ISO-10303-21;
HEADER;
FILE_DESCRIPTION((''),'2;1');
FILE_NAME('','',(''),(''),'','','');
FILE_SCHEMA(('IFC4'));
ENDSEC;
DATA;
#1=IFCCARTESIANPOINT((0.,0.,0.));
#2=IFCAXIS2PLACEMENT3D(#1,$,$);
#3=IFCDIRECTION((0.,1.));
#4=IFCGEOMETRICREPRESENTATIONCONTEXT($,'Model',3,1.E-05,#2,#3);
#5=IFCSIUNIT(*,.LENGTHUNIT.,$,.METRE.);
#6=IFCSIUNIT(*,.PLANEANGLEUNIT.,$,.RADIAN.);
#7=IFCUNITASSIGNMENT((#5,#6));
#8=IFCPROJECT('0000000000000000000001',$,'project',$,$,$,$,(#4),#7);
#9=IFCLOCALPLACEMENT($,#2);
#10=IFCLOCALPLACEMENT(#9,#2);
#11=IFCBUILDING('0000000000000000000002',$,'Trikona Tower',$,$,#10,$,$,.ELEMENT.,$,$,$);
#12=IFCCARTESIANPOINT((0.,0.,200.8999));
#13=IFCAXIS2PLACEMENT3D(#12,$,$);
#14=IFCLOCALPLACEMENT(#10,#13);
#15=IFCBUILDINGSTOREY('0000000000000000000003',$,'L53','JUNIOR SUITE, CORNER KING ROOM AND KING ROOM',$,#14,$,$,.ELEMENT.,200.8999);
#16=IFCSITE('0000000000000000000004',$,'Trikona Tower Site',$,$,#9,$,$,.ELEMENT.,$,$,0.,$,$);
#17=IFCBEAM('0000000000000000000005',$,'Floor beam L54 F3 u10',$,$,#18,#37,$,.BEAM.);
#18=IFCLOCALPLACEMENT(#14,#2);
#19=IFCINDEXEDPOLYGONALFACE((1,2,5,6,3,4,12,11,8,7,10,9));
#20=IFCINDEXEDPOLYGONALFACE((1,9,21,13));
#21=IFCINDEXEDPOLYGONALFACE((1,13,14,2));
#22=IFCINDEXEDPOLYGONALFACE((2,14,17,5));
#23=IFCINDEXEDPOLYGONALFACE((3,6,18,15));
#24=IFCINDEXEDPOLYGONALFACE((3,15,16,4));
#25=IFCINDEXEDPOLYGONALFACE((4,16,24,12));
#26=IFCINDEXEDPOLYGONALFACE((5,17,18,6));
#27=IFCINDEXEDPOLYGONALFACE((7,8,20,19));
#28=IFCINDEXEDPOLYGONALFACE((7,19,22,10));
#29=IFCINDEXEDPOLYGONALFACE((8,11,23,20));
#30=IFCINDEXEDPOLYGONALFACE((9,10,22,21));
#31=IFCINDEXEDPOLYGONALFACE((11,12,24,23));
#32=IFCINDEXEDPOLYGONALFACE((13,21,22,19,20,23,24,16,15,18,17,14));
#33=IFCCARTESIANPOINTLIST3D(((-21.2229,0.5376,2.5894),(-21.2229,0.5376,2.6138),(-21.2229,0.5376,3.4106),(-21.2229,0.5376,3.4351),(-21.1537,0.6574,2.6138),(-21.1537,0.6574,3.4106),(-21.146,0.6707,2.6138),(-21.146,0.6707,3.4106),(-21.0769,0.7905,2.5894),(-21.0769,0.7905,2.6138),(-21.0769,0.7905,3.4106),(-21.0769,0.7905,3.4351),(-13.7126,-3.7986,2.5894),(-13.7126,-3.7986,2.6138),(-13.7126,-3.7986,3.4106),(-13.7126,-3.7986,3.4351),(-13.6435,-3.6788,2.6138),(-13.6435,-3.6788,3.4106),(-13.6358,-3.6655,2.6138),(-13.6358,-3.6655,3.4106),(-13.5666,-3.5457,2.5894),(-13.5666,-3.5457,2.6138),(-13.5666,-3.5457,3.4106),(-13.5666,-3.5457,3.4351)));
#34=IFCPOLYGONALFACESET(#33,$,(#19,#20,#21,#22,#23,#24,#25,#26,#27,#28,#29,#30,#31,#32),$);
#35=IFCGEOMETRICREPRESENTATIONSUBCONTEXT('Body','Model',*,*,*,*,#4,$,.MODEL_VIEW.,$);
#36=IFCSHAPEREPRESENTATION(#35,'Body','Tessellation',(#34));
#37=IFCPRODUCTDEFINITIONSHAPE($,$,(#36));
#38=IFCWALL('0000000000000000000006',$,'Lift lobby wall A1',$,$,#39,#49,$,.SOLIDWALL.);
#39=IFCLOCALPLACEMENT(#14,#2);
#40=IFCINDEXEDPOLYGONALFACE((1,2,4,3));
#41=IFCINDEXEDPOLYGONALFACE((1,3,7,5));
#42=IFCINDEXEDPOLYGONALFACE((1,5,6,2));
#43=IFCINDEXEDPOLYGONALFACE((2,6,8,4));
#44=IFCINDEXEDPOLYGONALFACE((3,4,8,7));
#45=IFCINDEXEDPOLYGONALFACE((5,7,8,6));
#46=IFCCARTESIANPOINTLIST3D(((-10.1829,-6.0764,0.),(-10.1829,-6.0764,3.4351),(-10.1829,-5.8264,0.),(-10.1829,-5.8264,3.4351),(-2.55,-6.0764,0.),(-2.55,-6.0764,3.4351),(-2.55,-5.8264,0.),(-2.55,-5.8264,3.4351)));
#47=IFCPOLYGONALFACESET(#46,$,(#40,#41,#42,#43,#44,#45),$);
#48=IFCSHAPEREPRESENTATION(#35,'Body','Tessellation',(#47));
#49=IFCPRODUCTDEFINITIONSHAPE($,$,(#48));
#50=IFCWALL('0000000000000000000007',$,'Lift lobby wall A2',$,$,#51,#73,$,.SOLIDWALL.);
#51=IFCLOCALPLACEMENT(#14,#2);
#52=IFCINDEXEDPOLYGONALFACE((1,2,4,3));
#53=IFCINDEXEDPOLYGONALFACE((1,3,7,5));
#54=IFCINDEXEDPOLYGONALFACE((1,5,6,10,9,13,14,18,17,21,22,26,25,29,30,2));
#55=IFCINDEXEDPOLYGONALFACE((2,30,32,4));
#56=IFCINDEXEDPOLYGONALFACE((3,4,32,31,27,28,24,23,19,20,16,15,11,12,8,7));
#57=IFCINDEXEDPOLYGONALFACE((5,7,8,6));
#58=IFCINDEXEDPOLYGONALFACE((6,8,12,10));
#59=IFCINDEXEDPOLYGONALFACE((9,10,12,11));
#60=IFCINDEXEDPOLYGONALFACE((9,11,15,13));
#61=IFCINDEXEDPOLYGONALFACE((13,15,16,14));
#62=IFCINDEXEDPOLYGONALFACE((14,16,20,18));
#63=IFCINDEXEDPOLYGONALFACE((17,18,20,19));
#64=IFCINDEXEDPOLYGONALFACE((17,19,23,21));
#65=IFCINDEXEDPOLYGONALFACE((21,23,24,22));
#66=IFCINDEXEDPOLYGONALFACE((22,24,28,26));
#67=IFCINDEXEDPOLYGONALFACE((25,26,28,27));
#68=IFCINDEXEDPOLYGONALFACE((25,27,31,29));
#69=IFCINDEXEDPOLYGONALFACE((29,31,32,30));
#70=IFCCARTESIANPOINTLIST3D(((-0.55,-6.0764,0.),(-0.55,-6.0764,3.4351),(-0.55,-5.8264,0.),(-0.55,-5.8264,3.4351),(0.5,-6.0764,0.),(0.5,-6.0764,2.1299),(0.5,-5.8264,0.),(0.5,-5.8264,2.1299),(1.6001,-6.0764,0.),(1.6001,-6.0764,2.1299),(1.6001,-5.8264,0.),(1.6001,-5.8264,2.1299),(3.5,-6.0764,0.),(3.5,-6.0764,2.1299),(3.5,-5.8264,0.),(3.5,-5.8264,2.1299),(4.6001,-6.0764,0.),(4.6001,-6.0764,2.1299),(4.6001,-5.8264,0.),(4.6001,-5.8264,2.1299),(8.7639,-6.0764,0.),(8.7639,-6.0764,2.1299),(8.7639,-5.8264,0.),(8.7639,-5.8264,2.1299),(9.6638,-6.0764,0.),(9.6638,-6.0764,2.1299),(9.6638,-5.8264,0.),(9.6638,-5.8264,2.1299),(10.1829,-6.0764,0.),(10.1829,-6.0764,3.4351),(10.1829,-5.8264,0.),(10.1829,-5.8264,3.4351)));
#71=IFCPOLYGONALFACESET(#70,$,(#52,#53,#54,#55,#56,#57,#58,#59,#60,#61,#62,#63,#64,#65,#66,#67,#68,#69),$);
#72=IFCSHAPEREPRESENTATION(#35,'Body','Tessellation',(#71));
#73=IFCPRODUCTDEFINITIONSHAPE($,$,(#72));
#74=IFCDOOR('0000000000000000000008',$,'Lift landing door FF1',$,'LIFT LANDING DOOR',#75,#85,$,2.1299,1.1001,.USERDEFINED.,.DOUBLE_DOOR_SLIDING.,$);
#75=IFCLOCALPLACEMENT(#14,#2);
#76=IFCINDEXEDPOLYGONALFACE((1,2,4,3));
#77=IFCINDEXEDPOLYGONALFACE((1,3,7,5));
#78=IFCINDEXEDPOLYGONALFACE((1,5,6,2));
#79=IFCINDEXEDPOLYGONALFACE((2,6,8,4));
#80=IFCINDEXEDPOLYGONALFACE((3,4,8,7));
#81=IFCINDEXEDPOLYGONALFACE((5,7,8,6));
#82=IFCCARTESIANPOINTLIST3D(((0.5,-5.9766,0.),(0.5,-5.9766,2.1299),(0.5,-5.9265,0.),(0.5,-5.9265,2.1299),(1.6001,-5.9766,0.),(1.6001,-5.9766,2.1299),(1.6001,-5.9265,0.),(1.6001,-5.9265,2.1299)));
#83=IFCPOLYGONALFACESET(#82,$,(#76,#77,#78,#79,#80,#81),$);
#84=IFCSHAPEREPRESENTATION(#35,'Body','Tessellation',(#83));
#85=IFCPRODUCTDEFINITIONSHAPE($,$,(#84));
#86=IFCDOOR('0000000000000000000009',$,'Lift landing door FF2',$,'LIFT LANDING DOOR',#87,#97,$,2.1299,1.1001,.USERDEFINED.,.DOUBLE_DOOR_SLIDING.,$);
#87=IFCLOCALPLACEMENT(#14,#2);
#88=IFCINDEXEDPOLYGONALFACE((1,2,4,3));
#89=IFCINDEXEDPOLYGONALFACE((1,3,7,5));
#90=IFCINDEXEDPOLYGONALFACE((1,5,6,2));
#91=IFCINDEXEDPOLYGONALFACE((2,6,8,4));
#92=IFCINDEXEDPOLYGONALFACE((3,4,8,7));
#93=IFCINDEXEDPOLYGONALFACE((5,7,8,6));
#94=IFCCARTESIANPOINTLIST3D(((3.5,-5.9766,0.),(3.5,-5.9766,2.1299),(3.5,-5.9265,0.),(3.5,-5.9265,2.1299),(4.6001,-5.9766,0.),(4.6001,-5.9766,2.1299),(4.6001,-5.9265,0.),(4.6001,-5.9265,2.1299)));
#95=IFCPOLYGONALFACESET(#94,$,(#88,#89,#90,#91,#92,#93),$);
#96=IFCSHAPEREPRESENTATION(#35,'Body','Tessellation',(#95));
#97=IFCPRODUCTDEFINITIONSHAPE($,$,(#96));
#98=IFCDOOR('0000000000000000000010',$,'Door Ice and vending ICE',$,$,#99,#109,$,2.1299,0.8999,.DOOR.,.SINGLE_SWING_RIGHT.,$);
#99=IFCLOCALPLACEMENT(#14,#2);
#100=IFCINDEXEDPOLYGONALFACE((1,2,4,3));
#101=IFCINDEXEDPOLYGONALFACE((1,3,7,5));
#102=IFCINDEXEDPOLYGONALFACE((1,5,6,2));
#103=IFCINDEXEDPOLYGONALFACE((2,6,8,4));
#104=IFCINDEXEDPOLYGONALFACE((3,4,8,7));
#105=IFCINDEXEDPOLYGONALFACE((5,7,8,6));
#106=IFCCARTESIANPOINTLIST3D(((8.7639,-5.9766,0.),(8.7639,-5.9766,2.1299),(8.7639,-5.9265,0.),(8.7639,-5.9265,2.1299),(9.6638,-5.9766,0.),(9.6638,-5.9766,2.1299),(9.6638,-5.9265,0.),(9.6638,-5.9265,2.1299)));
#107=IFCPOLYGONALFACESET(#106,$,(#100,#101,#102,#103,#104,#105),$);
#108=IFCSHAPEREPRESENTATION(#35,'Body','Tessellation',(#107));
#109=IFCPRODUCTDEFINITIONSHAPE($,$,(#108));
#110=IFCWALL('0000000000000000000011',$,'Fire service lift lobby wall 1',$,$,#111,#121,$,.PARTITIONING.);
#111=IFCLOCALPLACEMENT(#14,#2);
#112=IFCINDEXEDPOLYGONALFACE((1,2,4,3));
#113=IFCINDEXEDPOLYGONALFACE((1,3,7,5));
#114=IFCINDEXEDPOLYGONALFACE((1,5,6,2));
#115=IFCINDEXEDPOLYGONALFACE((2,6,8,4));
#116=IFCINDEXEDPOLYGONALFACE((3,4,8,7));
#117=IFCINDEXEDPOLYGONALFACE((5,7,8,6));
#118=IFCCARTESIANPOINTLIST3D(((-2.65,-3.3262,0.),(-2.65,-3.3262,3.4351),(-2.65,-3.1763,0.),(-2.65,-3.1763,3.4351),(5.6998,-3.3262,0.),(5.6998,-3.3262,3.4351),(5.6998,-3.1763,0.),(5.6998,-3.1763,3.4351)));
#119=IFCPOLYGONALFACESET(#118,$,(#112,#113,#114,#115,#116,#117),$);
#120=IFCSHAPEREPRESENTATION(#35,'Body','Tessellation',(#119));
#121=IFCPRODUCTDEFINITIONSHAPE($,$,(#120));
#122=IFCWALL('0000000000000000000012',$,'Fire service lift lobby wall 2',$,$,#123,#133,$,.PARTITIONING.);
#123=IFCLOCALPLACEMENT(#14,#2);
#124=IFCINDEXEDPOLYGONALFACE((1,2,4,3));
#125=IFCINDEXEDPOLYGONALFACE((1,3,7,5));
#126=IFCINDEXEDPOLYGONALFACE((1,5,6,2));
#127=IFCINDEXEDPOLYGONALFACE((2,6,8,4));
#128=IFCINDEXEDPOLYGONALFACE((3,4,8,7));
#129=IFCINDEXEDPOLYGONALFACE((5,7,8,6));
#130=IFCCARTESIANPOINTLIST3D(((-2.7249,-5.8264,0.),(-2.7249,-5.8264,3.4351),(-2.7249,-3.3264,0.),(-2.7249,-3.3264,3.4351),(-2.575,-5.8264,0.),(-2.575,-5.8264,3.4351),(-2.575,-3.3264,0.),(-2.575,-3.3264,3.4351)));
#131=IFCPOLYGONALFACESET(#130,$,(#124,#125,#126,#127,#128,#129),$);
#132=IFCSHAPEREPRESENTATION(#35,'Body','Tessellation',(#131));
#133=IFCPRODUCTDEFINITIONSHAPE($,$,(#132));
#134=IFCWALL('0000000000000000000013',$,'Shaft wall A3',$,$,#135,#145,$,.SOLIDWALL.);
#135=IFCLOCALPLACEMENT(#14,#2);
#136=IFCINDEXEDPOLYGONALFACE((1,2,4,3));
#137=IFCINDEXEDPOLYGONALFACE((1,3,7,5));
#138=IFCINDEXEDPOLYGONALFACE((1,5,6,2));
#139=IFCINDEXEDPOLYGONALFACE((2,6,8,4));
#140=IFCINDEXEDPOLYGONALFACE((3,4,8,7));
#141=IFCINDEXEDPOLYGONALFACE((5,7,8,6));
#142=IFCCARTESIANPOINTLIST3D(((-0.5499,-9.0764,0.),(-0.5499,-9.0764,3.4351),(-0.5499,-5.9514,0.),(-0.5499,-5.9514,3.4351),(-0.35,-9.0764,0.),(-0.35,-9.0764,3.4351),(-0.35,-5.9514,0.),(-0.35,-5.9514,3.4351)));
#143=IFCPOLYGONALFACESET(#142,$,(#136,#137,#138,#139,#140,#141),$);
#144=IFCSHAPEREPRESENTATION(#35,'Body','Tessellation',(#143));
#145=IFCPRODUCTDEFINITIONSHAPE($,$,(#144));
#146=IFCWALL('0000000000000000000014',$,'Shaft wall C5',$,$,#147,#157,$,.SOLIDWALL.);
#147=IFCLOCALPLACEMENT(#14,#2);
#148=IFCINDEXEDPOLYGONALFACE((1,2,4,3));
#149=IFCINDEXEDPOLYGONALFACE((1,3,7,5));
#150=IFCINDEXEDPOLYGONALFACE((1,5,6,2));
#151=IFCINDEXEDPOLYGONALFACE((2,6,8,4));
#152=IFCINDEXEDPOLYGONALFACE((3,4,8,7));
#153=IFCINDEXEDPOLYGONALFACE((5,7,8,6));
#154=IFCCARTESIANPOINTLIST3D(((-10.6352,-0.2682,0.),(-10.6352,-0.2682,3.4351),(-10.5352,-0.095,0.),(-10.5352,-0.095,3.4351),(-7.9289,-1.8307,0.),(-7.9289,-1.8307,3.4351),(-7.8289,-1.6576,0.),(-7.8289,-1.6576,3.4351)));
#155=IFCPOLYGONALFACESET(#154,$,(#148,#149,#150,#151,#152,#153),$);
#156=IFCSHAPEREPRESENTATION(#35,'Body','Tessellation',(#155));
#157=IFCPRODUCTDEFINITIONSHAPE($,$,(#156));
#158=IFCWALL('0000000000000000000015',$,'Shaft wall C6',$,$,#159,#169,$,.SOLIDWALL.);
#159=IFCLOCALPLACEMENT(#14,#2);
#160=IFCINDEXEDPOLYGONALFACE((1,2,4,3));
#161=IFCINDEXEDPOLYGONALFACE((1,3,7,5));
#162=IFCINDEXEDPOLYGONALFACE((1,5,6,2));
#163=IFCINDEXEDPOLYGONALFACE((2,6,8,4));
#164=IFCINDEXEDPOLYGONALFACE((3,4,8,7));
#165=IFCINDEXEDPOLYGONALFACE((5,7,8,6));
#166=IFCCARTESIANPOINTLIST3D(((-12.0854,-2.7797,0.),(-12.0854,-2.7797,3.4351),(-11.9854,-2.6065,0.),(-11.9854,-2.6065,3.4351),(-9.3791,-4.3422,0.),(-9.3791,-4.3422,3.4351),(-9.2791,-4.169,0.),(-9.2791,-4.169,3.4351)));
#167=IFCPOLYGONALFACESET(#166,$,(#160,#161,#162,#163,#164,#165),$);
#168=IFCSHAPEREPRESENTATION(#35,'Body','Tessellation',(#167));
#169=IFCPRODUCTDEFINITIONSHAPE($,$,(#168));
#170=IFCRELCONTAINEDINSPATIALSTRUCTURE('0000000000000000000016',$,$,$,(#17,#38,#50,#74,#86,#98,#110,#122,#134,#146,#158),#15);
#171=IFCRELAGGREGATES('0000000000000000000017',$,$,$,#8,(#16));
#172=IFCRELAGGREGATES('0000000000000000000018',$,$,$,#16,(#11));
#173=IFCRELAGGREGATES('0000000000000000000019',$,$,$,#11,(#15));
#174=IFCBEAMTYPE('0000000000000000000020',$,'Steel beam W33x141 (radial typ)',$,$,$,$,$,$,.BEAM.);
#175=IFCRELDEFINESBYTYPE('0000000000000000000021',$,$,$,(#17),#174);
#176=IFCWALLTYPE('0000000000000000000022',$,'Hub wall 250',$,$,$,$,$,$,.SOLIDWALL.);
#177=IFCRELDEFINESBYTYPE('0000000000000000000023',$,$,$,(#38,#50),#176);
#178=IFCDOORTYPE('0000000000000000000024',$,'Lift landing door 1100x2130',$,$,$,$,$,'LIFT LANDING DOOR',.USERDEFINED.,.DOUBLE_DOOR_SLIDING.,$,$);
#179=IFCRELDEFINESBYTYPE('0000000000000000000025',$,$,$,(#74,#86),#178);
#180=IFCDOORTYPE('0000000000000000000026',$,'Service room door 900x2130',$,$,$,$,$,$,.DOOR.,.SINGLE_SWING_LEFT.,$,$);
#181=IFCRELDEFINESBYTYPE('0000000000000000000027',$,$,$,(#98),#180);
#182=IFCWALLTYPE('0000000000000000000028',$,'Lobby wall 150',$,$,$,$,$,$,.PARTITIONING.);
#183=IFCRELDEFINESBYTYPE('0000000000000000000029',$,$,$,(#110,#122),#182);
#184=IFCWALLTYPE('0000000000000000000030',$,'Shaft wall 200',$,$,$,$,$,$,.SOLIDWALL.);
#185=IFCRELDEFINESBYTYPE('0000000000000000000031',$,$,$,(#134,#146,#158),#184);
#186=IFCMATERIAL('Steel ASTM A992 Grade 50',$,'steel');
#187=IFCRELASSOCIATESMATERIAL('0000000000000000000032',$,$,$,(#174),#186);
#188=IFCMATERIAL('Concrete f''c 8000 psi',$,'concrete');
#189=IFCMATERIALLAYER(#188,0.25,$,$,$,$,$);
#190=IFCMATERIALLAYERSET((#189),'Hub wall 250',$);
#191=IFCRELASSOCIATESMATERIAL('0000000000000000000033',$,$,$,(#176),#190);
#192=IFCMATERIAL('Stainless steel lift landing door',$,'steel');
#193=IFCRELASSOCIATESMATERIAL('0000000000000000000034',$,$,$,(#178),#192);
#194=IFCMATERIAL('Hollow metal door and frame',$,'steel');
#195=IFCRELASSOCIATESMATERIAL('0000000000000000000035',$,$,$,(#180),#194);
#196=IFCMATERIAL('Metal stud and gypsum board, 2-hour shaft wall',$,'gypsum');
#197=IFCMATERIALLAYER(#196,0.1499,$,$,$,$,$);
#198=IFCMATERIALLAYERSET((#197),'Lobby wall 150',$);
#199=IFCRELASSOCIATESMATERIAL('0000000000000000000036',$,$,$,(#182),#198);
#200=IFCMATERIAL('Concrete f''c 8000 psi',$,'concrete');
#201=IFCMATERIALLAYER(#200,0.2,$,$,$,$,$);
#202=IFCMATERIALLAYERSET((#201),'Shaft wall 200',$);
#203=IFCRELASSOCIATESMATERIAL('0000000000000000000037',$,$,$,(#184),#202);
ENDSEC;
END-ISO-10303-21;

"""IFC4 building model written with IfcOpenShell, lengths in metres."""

from ifc_helpers import new_model, si_unit, direction, frame, frame_2d, origin, origin_2d, place, context, subcontext, project, spatial, rectangle, i_section, extrude, material, layer, layer_set, material_profile, profile_set, type_object, element, fill, save


model = new_model("IFC4")

# Units and contexts
model_context = context("Model", 3, precision=1e-05, world=origin(), true_north=direction((0.0, 1.0)))
body_context = subcontext(model_context, "Body", "Model", "MODEL_VIEW")
ifc_project = project(units=[si_unit("LENGTHUNIT", "METRE"), si_unit("PLANEANGLEUNIT", "RADIAN")], contexts=[model_context])

# Site, building, storey
site_placement = place(None, origin())
site = spatial("IfcSite", under=ifc_project, at=site_placement, Name="Trikona Tower Site", CompositionType="ELEMENT", RefElevation=0.0)
building_placement = place(site_placement, origin())
building = spatial("IfcBuilding", under=site, at=building_placement, Name="Trikona Tower", CompositionType="ELEMENT")
storey_placement = place(building_placement, frame((0.0, 0.0, 200.8999)))
storey = spatial("IfcBuildingStorey", under=building, at=storey_placement, Name="L53", Description="JUNIOR SUITE, CORNER KING ROOM AND KING ROOM", CompositionType="ELEMENT", Elevation=200.8999)

# Beam
ifc_material_1 = material(Name="Steel ASTM A992 Grade 50", Category="steel")
ifc_material_profile = material_profile(ifc_material_1, i_section(OverallWidth=0.292, OverallDepth=0.8457, WebThickness=0.0154, FlangeThickness=0.0244, at=origin_2d()), Name="W33X141")
ifc_profile_set = profile_set([ifc_material_profile], Name="Steel ASTM A992 Grade 50")
beam_type = type_object("IfcBeamType", Name="Steel beam W33x141 (radial typ)", PredefinedType="BEAM", material=ifc_profile_set)
beam_placement = place(storey_placement, frame((-13.6396, -3.6721, 3.0122), z_axis=(-0.866019, 0.500012, 0.0), x_axis=(-0.500012, -0.866019, 0.0)))
element("IfcBeam", 1, at=beam_placement, inside=storey, type_object=beam_type, Name="Floor beam L54 F3 u10", PredefinedType="BEAM", context=body_context, shape_type="SweptSolid", body=[
    extrude(i_section(OverallWidth=0.292, OverallDepth=0.8457, WebThickness=0.0154, FlangeThickness=0.0244, at=origin_2d()), origin(), (0.0, 0.0, 1.0), 8.6721),
])

# Wall
ifc_material_2 = material(Name="Concrete f'c 8000 psi", Category="concrete")
ifc_layer_1 = layer(ifc_material_2, 0.25)
ifc_layer_set_1 = layer_set([ifc_layer_1], Name="Hub wall 250")
wall_type_1 = type_object("IfcWallType", Name="Hub wall 250", PredefinedType="SOLIDWALL", material=ifc_layer_set_1)
wall_1_placement = place(storey_placement, frame((-10.1829, -5.9514, 0.0), z_axis=(0.0, 0.0, 1.0), x_axis=(1.0, 0.0, 0.0)))
element("IfcWall", 2, at=wall_1_placement, inside=storey, type_object=wall_type_1, Name="Lift lobby wall A1", PredefinedType="SOLIDWALL", context=body_context, shape_type="SweptSolid", body=[
    extrude(rectangle(XDim=7.6328, YDim=0.25, at=frame_2d((3.8164, 0.0))), origin(), (0.0, 0.0, 1.0), 3.4351),
])

# Wall, openings, doors
wall_2_placement = place(storey_placement, frame((-0.55, -5.9514, 0.0), z_axis=(0.0, 0.0, 1.0), x_axis=(1.0, 0.0, 0.0)))
wall_2 = element("IfcWall", 3, at=wall_2_placement, inside=storey, type_object=wall_type_1, Name="Lift lobby wall A2", PredefinedType="SOLIDWALL", context=body_context, shape_type="SweptSolid", body=[
    extrude(rectangle(XDim=10.7329, YDim=0.25, at=frame_2d((5.3665, 0.0))), origin(), (0.0, 0.0, 1.0), 3.4351),
])
opening_1_placement = place(wall_2_placement, frame((9.314, 0.0, 0.0)))
opening_1 = element("IfcOpeningElement", 4, at=opening_1_placement, cuts=wall_2, PredefinedType="OPENING", context=body_context, shape_type="SweptSolid", body=[
    extrude(rectangle(XDim=0.8999, YDim=2.1299, at=frame_2d((0.45, 1.0649))), frame((0.0, 0.135, 0.0), z_axis=(0.0, -1.0, 0.0), x_axis=(1.0, 0.0, 0.0)), (0.0, 0.0, 1.0), 0.27),
])
opening_2_placement = place(wall_2_placement, frame((1.05, 0.0, 0.0)))
opening_2 = element("IfcOpeningElement", 5, at=opening_2_placement, cuts=wall_2, PredefinedType="OPENING", context=body_context, shape_type="SweptSolid", body=[
    extrude(rectangle(XDim=1.1001, YDim=2.1299, at=frame_2d((0.55, 1.0649))), frame((0.0, 0.135, 0.0), z_axis=(0.0, -1.0, 0.0), x_axis=(1.0, 0.0, 0.0)), (0.0, 0.0, 1.0), 0.27),
])
opening_3_placement = place(wall_2_placement, frame((4.05, 0.0, 0.0)))
opening_3 = element("IfcOpeningElement", 6, at=opening_3_placement, cuts=wall_2, PredefinedType="OPENING", context=body_context, shape_type="SweptSolid", body=[
    extrude(rectangle(XDim=1.1001, YDim=2.1299, at=frame_2d((0.55, 1.0649))), frame((0.0, 0.135, 0.0), z_axis=(0.0, -1.0, 0.0), x_axis=(1.0, 0.0, 0.0)), (0.0, 0.0, 1.0), 0.27),
])
ifc_material_3 = material(Name="Stainless steel lift landing door", Category="steel")
door_type_1 = type_object("IfcDoorType", Name="Lift landing door 1100x2130", ElementType="LIFT LANDING DOOR", OperationType="DOUBLE_DOOR_SLIDING", PredefinedType="USERDEFINED", material=ifc_material_3)
door_1_placement = place(opening_2_placement, origin())
door_1 = element("IfcDoor", 7, at=door_1_placement, inside=storey, type_object=door_type_1, Name="Lift landing door FF1", ObjectType="LIFT LANDING DOOR", OperationType="DOUBLE_DOOR_SLIDING", OverallHeight=2.1299, OverallWidth=1.1001, PredefinedType="USERDEFINED", context=body_context, shape_type="SweptSolid", body=[
    extrude(rectangle(XDim=1.1001, YDim=2.1299, at=frame_2d((0.55, 1.0649))), frame((0.0, 0.0249, 0.0), z_axis=(0.0, -1.0, 0.0), x_axis=(1.0, 0.0, 0.0)), (0.0, 0.0, 1.0), 0.05),
])
fill(opening_2, door_1)
door_2_placement = place(opening_3_placement, origin())
door_2 = element("IfcDoor", 8, at=door_2_placement, inside=storey, type_object=door_type_1, Name="Lift landing door FF2", ObjectType="LIFT LANDING DOOR", OperationType="DOUBLE_DOOR_SLIDING", OverallHeight=2.1299, OverallWidth=1.1001, PredefinedType="USERDEFINED", context=body_context, shape_type="SweptSolid", body=[
    extrude(rectangle(XDim=1.1001, YDim=2.1299, at=frame_2d((0.55, 1.0649))), frame((0.0, 0.0249, 0.0), z_axis=(0.0, -1.0, 0.0), x_axis=(1.0, 0.0, 0.0)), (0.0, 0.0, 1.0), 0.05),
])
fill(opening_3, door_2)
ifc_material_4 = material(Name="Hollow metal door and frame", Category="steel")
door_type_2 = type_object("IfcDoorType", Name="Service room door 900x2130", OperationType="SINGLE_SWING_LEFT", PredefinedType="DOOR", material=ifc_material_4)
door_3_placement = place(opening_1_placement, origin())
door_3 = element("IfcDoor", 9, at=door_3_placement, inside=storey, type_object=door_type_2, Name="Door Ice and vending ICE", OperationType="SINGLE_SWING_RIGHT", OverallHeight=2.1299, OverallWidth=0.8999, PredefinedType="DOOR", context=body_context, shape_type="SweptSolid", body=[
    extrude(rectangle(XDim=0.8999, YDim=2.1299, at=frame_2d((0.45, 1.0649))), frame((0.0, 0.0249, 0.0), z_axis=(0.0, -1.0, 0.0), x_axis=(1.0, 0.0, 0.0)), (0.0, 0.0, 1.0), 0.05),
])
fill(opening_1, door_3)

# Walls
ifc_material_5 = material(Name="Metal stud and gypsum board, 2-hour shaft wall", Category="gypsum")
ifc_layer_2 = layer(ifc_material_5, 0.1499)
ifc_layer_set_2 = layer_set([ifc_layer_2], Name="Lobby wall 150")
wall_type_2 = type_object("IfcWallType", Name="Lobby wall 150", PredefinedType="PARTITIONING", material=ifc_layer_set_2)
wall_3_placement = place(storey_placement, frame((-2.6499, -3.2512, 0.0), z_axis=(0.0, 0.0, 1.0), x_axis=(1.0, 0.0, 0.0)))
element("IfcWall", 10, at=wall_3_placement, inside=storey, type_object=wall_type_2, Name="Fire service lift lobby wall 1", PredefinedType="PARTITIONING", context=body_context, shape_type="SweptSolid", body=[
    extrude(rectangle(XDim=8.3499, YDim=0.1499, at=frame_2d((4.1748, 0.0))), origin(), (0.0, 0.0, 1.0), 3.4351),
])
wall_4_placement = place(storey_placement, frame((-2.6499, -5.8264, 0.0), z_axis=(0.0, 0.0, 1.0), x_axis=(0.0, 1.0, 0.0)))
element("IfcWall", 11, at=wall_4_placement, inside=storey, type_object=wall_type_2, Name="Fire service lift lobby wall 2", PredefinedType="PARTITIONING", context=body_context, shape_type="SweptSolid", body=[
    extrude(rectangle(XDim=2.5, YDim=0.1499, at=frame_2d((1.25, 0.0))), origin(), (0.0, 0.0, 1.0), 3.4351),
])
ifc_material_6 = material(Name="Concrete f'c 8000 psi", Category="concrete")
ifc_layer_3 = layer(ifc_material_6, 0.2)
ifc_layer_set_3 = layer_set([ifc_layer_3], Name="Shaft wall 200")
wall_type_3 = type_object("IfcWallType", Name="Shaft wall 200", PredefinedType="SOLIDWALL", material=ifc_layer_set_3)
for number, where, z_axis, x_axis, name in (
    (12, (-0.45, -5.9514, 0.0), (0.0, 0.0, 1.0), (0.0, -1.0, 0.0), "Shaft wall A3"),
    (13, (-7.8789, -1.7441, 0.0), (0.0, 0.0, 1.0), (-0.866023, 0.500004, 0.0), "Shaft wall C5"),
    (14, (-9.3291, -4.2556, 0.0), (0.0, 0.0, 1.0), (-0.866023, 0.500004, 0.0), "Shaft wall C6"),
):
    element("IfcWall", number, at=place(storey_placement, frame(where, z_axis=z_axis, x_axis=x_axis)), inside=storey, type_object=wall_type_3, Name=name, PredefinedType="SOLIDWALL", context=body_context, shape_type="SweptSolid", body=[
        extrude(rectangle(XDim=3.125, YDim=0.2, at=frame_2d((1.5625, 0.0))), origin(), (0.0, 0.0, 1.0), 3.4351),
    ])

save(model, "model.ifc")
